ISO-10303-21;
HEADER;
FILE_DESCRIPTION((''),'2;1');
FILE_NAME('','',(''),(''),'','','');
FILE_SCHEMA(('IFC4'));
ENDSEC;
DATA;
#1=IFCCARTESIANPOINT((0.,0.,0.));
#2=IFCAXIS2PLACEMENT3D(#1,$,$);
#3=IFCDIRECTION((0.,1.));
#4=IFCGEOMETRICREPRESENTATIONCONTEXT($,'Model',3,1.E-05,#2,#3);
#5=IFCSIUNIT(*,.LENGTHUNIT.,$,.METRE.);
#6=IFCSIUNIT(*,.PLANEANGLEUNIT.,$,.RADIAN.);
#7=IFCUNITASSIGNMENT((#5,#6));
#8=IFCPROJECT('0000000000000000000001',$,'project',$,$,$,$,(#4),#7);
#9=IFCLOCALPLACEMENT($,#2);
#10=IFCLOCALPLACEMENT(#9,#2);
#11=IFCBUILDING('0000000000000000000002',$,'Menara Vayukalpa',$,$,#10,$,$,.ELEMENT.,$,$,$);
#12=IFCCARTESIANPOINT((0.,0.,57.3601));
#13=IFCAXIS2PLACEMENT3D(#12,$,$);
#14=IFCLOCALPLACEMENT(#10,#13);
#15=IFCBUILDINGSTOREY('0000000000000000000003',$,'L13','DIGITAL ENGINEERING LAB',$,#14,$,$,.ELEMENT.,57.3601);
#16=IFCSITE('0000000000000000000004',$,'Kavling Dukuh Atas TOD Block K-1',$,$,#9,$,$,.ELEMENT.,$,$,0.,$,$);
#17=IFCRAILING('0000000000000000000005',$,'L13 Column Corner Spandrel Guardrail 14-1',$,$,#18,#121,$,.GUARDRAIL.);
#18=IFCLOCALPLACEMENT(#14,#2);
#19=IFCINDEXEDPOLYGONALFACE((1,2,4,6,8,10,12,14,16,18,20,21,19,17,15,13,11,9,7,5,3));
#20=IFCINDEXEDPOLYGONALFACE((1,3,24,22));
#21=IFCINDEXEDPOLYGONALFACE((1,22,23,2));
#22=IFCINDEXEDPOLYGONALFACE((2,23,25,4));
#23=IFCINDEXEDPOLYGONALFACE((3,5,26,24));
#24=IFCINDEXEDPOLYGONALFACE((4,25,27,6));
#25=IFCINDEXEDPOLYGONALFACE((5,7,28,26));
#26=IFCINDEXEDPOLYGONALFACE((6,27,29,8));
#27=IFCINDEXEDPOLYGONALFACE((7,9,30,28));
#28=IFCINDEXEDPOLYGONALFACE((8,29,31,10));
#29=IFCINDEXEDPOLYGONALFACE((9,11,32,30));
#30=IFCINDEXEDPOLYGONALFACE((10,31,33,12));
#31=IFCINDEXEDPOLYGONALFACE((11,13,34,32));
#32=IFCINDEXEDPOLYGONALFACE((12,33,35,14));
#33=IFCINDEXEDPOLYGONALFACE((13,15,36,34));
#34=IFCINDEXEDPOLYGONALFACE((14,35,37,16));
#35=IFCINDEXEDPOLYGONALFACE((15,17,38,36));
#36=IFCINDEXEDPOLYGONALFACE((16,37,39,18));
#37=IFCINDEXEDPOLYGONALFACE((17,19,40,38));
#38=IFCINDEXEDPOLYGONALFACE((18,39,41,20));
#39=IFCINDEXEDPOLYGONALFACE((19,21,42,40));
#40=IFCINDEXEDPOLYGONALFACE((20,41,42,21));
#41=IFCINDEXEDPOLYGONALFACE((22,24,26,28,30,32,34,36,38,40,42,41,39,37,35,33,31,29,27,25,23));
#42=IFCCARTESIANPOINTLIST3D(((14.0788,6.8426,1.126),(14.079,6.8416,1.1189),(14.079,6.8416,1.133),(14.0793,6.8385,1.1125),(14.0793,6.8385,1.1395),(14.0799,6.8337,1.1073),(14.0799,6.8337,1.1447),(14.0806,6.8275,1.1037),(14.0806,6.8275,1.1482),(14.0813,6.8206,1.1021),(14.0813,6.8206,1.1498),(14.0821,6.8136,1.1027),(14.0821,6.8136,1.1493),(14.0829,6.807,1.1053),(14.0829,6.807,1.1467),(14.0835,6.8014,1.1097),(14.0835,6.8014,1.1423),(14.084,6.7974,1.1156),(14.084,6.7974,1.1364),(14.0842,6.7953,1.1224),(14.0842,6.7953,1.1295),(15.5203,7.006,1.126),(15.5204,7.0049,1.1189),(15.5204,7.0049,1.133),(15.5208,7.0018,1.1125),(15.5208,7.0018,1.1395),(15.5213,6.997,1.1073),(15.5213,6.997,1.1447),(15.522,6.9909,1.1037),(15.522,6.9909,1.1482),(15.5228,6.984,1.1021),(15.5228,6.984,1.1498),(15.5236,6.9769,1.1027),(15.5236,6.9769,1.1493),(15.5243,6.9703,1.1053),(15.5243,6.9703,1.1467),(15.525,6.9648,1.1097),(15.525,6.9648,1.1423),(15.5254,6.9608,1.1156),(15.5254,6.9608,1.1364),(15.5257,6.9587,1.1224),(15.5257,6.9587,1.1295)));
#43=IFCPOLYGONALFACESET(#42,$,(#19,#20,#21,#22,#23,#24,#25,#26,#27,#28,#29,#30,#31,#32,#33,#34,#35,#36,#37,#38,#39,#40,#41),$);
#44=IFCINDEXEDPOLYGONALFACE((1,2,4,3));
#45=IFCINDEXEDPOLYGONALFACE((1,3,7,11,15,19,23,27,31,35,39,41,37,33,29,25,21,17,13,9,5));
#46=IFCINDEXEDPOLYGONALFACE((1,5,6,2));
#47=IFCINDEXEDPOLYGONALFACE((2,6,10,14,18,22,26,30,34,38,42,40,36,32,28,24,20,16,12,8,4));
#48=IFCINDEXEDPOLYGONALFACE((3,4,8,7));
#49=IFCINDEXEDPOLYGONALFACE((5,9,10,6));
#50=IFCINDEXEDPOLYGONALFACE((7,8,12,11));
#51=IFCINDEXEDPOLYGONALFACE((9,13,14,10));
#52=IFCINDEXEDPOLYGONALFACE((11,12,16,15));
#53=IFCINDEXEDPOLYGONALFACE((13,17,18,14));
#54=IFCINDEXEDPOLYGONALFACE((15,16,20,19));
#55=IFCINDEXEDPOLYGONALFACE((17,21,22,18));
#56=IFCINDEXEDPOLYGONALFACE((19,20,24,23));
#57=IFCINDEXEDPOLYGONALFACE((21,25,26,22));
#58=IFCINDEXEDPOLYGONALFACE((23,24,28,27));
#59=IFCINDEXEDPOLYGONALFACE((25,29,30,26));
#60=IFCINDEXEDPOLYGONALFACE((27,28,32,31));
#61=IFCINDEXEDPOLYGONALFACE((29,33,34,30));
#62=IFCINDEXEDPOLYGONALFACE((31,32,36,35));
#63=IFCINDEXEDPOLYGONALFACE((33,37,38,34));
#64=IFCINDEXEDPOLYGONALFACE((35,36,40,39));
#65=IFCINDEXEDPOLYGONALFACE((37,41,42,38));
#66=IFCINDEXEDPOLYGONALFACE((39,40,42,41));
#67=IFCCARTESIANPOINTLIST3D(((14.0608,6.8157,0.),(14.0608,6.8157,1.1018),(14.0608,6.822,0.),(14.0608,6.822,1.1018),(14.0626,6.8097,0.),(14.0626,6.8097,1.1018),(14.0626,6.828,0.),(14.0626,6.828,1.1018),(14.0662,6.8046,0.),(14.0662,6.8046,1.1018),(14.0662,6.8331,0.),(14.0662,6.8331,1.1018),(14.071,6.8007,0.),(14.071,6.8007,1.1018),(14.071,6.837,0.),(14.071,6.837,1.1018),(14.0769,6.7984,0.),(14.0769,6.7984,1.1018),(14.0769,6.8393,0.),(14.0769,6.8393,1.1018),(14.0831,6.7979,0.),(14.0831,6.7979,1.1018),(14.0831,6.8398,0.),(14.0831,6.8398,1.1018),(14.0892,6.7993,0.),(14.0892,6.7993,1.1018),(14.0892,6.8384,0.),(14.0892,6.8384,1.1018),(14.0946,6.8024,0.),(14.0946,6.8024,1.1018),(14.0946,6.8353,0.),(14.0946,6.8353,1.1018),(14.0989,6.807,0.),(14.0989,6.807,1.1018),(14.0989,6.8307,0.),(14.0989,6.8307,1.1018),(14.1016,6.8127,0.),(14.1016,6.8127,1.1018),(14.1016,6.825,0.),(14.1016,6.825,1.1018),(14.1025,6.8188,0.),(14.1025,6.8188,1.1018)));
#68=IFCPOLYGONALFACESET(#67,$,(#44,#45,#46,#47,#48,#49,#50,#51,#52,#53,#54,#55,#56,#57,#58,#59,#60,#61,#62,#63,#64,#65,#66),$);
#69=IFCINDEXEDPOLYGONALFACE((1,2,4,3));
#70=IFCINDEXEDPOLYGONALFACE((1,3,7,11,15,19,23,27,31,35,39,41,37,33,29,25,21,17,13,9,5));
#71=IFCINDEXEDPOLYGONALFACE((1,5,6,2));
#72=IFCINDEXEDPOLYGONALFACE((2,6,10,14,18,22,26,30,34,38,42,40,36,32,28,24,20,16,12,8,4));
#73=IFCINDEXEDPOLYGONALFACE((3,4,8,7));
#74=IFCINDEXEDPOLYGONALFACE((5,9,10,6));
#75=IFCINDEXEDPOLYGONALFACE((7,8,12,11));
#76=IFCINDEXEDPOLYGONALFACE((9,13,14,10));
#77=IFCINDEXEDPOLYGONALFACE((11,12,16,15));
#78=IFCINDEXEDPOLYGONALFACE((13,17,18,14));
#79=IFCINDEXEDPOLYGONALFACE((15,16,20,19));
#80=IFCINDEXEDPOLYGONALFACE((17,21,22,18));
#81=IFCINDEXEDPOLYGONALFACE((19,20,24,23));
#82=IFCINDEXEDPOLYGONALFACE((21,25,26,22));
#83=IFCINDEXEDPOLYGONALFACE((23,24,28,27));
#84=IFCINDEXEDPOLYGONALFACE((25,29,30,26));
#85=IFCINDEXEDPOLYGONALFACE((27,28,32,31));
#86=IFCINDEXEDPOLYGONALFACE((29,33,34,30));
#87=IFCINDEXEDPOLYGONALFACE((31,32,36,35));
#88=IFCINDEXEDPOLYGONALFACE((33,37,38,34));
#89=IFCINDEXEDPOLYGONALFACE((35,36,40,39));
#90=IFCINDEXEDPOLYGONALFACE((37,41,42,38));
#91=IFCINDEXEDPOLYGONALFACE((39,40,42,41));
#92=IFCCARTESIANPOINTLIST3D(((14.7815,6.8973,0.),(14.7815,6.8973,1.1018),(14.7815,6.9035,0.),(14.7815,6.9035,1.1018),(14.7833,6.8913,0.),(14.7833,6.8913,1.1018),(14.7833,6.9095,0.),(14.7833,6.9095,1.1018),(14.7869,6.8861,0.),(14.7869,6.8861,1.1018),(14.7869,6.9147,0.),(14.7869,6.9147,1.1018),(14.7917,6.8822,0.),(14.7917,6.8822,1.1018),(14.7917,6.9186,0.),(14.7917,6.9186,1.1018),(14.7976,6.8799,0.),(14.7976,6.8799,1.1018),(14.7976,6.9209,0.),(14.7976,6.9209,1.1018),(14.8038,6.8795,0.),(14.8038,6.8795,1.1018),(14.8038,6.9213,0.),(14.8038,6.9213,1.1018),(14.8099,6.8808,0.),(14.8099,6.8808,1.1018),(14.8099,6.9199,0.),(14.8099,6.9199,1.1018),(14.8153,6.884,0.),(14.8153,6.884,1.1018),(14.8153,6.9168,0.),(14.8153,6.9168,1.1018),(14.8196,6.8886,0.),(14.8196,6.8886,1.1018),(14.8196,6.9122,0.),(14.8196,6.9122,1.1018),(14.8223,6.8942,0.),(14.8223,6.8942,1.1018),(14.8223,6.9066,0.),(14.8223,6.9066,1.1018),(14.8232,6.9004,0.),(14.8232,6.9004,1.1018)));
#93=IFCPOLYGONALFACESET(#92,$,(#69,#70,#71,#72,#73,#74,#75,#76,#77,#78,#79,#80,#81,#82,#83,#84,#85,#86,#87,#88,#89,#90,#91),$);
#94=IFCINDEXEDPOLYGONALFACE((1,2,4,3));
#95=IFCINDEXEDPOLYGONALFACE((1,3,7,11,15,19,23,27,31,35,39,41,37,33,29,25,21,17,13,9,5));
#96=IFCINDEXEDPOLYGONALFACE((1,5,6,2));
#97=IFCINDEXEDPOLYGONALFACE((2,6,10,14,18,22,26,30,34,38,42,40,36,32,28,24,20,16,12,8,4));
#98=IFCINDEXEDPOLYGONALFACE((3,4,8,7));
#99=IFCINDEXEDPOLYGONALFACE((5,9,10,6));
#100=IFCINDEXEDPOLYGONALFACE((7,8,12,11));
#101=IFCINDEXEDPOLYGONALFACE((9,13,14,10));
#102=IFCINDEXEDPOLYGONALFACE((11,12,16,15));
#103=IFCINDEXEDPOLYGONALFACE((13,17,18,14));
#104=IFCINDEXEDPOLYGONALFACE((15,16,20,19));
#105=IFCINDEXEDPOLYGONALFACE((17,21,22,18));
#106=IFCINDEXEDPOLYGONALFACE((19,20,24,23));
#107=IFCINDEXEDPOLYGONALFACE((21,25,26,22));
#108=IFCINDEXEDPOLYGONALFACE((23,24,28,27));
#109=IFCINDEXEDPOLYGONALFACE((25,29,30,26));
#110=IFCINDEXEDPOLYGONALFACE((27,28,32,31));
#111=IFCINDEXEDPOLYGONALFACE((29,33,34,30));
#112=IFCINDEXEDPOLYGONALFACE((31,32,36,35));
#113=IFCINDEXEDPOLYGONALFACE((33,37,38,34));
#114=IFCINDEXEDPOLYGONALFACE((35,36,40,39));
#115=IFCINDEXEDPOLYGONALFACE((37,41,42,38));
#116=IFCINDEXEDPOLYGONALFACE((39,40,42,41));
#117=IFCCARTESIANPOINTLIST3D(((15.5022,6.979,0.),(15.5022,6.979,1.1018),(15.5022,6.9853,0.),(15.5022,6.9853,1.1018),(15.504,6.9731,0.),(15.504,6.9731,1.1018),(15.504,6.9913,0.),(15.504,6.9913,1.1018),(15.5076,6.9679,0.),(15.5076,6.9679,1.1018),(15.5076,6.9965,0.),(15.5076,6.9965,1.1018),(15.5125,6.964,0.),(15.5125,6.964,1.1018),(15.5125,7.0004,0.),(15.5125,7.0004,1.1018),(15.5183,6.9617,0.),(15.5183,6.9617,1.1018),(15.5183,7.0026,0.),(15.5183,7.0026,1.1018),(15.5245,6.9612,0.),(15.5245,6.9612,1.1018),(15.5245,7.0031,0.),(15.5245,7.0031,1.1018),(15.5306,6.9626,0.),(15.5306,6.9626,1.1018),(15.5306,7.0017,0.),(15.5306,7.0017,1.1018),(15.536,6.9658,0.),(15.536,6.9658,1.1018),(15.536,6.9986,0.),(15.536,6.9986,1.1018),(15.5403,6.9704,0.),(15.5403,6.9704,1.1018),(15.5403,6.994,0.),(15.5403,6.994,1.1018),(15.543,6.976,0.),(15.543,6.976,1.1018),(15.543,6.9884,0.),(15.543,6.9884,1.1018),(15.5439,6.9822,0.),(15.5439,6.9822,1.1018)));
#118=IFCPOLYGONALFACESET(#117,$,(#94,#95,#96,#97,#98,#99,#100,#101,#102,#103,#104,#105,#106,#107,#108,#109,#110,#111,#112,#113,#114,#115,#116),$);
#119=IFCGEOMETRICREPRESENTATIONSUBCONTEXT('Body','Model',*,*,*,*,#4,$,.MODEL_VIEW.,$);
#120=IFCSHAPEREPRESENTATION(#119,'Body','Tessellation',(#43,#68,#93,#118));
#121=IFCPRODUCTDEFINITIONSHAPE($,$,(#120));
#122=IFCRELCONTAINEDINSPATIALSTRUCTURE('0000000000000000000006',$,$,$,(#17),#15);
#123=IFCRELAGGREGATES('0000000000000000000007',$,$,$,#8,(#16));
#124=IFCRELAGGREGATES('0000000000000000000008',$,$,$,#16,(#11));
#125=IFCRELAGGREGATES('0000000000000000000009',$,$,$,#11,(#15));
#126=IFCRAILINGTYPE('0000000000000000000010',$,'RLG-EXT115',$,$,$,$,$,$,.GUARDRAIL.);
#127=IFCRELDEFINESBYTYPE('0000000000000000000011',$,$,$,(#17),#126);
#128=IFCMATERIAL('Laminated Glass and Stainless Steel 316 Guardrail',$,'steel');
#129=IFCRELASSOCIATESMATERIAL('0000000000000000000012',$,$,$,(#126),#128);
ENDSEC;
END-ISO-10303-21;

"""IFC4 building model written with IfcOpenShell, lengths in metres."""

from ifc_helpers import new_model, si_unit, direction, frame, origin, origin_2d, place, context, subcontext, project, spatial, circle, extrude, material, type_object, element, save


model = new_model("IFC4")

# Units and contexts
model_context = context("Model", 3, precision=1e-05, world=origin(), true_north=direction((0.0, 1.0)))
body_context = subcontext(model_context, "Body", "Model", "MODEL_VIEW")
ifc_project = project(units=[si_unit("LENGTHUNIT", "METRE"), si_unit("PLANEANGLEUNIT", "RADIAN")], contexts=[model_context])

# Site, building, storey
site_placement = place(None, origin())
site = spatial("IfcSite", under=ifc_project, at=site_placement, Name="Kavling Dukuh Atas TOD Block K-1", CompositionType="ELEMENT", RefElevation=0.0)
building_placement = place(site_placement, origin())
building = spatial("IfcBuilding", under=site, at=building_placement, Name="Menara Vayukalpa", CompositionType="ELEMENT")
storey_placement = place(building_placement, frame((0.0, 0.0, 57.3601)))
storey = spatial("IfcBuildingStorey", under=building, at=storey_placement, Name="L13", Description="DIGITAL ENGINEERING LAB", CompositionType="ELEMENT", Elevation=57.3601)

# Railing
ifc_material_1 = material(Name="Laminated Glass and Stainless Steel 316 Guardrail", Category="steel")
railing_type = type_object("IfcRailingType", Name="RLG-EXT115", PredefinedType="GUARDRAIL", material=ifc_material_1)
railing_1_placement = place(storey_placement, frame((14.0815, 6.8188, 0.0)))
element("IfcRailing", 1, at=railing_1_placement, inside=storey, type_object=railing_type, Name="L13 Column Corner Spandrel Guardrail 14-1", PredefinedType="GUARDRAIL", context=body_context, shape_type="SweptSolid", body=[
    extrude(circle(Radius=0.0239, at=origin_2d()), frame((0.0, 0.0, 1.126), z_axis=(0.993641, 0.112592, 0.0), x_axis=(-0.112592, 0.993641, 0.0)), (0.0, 0.0, 1.0), 1.4507),
    extrude(circle(Radius=0.021, at=origin_2d()), origin(), (0.0, 0.0, 1.0), 1.1018),
    extrude(circle(Radius=0.021, at=origin_2d()), frame((0.7207, 0.0815, 0.0)), (0.0, 0.0, 1.0), 1.1018),
    extrude(circle(Radius=0.021, at=origin_2d()), frame((1.4414, 0.1633, 0.0)), (0.0, 0.0, 1.0), 1.1018),
])

save(model, "model.ifc")
